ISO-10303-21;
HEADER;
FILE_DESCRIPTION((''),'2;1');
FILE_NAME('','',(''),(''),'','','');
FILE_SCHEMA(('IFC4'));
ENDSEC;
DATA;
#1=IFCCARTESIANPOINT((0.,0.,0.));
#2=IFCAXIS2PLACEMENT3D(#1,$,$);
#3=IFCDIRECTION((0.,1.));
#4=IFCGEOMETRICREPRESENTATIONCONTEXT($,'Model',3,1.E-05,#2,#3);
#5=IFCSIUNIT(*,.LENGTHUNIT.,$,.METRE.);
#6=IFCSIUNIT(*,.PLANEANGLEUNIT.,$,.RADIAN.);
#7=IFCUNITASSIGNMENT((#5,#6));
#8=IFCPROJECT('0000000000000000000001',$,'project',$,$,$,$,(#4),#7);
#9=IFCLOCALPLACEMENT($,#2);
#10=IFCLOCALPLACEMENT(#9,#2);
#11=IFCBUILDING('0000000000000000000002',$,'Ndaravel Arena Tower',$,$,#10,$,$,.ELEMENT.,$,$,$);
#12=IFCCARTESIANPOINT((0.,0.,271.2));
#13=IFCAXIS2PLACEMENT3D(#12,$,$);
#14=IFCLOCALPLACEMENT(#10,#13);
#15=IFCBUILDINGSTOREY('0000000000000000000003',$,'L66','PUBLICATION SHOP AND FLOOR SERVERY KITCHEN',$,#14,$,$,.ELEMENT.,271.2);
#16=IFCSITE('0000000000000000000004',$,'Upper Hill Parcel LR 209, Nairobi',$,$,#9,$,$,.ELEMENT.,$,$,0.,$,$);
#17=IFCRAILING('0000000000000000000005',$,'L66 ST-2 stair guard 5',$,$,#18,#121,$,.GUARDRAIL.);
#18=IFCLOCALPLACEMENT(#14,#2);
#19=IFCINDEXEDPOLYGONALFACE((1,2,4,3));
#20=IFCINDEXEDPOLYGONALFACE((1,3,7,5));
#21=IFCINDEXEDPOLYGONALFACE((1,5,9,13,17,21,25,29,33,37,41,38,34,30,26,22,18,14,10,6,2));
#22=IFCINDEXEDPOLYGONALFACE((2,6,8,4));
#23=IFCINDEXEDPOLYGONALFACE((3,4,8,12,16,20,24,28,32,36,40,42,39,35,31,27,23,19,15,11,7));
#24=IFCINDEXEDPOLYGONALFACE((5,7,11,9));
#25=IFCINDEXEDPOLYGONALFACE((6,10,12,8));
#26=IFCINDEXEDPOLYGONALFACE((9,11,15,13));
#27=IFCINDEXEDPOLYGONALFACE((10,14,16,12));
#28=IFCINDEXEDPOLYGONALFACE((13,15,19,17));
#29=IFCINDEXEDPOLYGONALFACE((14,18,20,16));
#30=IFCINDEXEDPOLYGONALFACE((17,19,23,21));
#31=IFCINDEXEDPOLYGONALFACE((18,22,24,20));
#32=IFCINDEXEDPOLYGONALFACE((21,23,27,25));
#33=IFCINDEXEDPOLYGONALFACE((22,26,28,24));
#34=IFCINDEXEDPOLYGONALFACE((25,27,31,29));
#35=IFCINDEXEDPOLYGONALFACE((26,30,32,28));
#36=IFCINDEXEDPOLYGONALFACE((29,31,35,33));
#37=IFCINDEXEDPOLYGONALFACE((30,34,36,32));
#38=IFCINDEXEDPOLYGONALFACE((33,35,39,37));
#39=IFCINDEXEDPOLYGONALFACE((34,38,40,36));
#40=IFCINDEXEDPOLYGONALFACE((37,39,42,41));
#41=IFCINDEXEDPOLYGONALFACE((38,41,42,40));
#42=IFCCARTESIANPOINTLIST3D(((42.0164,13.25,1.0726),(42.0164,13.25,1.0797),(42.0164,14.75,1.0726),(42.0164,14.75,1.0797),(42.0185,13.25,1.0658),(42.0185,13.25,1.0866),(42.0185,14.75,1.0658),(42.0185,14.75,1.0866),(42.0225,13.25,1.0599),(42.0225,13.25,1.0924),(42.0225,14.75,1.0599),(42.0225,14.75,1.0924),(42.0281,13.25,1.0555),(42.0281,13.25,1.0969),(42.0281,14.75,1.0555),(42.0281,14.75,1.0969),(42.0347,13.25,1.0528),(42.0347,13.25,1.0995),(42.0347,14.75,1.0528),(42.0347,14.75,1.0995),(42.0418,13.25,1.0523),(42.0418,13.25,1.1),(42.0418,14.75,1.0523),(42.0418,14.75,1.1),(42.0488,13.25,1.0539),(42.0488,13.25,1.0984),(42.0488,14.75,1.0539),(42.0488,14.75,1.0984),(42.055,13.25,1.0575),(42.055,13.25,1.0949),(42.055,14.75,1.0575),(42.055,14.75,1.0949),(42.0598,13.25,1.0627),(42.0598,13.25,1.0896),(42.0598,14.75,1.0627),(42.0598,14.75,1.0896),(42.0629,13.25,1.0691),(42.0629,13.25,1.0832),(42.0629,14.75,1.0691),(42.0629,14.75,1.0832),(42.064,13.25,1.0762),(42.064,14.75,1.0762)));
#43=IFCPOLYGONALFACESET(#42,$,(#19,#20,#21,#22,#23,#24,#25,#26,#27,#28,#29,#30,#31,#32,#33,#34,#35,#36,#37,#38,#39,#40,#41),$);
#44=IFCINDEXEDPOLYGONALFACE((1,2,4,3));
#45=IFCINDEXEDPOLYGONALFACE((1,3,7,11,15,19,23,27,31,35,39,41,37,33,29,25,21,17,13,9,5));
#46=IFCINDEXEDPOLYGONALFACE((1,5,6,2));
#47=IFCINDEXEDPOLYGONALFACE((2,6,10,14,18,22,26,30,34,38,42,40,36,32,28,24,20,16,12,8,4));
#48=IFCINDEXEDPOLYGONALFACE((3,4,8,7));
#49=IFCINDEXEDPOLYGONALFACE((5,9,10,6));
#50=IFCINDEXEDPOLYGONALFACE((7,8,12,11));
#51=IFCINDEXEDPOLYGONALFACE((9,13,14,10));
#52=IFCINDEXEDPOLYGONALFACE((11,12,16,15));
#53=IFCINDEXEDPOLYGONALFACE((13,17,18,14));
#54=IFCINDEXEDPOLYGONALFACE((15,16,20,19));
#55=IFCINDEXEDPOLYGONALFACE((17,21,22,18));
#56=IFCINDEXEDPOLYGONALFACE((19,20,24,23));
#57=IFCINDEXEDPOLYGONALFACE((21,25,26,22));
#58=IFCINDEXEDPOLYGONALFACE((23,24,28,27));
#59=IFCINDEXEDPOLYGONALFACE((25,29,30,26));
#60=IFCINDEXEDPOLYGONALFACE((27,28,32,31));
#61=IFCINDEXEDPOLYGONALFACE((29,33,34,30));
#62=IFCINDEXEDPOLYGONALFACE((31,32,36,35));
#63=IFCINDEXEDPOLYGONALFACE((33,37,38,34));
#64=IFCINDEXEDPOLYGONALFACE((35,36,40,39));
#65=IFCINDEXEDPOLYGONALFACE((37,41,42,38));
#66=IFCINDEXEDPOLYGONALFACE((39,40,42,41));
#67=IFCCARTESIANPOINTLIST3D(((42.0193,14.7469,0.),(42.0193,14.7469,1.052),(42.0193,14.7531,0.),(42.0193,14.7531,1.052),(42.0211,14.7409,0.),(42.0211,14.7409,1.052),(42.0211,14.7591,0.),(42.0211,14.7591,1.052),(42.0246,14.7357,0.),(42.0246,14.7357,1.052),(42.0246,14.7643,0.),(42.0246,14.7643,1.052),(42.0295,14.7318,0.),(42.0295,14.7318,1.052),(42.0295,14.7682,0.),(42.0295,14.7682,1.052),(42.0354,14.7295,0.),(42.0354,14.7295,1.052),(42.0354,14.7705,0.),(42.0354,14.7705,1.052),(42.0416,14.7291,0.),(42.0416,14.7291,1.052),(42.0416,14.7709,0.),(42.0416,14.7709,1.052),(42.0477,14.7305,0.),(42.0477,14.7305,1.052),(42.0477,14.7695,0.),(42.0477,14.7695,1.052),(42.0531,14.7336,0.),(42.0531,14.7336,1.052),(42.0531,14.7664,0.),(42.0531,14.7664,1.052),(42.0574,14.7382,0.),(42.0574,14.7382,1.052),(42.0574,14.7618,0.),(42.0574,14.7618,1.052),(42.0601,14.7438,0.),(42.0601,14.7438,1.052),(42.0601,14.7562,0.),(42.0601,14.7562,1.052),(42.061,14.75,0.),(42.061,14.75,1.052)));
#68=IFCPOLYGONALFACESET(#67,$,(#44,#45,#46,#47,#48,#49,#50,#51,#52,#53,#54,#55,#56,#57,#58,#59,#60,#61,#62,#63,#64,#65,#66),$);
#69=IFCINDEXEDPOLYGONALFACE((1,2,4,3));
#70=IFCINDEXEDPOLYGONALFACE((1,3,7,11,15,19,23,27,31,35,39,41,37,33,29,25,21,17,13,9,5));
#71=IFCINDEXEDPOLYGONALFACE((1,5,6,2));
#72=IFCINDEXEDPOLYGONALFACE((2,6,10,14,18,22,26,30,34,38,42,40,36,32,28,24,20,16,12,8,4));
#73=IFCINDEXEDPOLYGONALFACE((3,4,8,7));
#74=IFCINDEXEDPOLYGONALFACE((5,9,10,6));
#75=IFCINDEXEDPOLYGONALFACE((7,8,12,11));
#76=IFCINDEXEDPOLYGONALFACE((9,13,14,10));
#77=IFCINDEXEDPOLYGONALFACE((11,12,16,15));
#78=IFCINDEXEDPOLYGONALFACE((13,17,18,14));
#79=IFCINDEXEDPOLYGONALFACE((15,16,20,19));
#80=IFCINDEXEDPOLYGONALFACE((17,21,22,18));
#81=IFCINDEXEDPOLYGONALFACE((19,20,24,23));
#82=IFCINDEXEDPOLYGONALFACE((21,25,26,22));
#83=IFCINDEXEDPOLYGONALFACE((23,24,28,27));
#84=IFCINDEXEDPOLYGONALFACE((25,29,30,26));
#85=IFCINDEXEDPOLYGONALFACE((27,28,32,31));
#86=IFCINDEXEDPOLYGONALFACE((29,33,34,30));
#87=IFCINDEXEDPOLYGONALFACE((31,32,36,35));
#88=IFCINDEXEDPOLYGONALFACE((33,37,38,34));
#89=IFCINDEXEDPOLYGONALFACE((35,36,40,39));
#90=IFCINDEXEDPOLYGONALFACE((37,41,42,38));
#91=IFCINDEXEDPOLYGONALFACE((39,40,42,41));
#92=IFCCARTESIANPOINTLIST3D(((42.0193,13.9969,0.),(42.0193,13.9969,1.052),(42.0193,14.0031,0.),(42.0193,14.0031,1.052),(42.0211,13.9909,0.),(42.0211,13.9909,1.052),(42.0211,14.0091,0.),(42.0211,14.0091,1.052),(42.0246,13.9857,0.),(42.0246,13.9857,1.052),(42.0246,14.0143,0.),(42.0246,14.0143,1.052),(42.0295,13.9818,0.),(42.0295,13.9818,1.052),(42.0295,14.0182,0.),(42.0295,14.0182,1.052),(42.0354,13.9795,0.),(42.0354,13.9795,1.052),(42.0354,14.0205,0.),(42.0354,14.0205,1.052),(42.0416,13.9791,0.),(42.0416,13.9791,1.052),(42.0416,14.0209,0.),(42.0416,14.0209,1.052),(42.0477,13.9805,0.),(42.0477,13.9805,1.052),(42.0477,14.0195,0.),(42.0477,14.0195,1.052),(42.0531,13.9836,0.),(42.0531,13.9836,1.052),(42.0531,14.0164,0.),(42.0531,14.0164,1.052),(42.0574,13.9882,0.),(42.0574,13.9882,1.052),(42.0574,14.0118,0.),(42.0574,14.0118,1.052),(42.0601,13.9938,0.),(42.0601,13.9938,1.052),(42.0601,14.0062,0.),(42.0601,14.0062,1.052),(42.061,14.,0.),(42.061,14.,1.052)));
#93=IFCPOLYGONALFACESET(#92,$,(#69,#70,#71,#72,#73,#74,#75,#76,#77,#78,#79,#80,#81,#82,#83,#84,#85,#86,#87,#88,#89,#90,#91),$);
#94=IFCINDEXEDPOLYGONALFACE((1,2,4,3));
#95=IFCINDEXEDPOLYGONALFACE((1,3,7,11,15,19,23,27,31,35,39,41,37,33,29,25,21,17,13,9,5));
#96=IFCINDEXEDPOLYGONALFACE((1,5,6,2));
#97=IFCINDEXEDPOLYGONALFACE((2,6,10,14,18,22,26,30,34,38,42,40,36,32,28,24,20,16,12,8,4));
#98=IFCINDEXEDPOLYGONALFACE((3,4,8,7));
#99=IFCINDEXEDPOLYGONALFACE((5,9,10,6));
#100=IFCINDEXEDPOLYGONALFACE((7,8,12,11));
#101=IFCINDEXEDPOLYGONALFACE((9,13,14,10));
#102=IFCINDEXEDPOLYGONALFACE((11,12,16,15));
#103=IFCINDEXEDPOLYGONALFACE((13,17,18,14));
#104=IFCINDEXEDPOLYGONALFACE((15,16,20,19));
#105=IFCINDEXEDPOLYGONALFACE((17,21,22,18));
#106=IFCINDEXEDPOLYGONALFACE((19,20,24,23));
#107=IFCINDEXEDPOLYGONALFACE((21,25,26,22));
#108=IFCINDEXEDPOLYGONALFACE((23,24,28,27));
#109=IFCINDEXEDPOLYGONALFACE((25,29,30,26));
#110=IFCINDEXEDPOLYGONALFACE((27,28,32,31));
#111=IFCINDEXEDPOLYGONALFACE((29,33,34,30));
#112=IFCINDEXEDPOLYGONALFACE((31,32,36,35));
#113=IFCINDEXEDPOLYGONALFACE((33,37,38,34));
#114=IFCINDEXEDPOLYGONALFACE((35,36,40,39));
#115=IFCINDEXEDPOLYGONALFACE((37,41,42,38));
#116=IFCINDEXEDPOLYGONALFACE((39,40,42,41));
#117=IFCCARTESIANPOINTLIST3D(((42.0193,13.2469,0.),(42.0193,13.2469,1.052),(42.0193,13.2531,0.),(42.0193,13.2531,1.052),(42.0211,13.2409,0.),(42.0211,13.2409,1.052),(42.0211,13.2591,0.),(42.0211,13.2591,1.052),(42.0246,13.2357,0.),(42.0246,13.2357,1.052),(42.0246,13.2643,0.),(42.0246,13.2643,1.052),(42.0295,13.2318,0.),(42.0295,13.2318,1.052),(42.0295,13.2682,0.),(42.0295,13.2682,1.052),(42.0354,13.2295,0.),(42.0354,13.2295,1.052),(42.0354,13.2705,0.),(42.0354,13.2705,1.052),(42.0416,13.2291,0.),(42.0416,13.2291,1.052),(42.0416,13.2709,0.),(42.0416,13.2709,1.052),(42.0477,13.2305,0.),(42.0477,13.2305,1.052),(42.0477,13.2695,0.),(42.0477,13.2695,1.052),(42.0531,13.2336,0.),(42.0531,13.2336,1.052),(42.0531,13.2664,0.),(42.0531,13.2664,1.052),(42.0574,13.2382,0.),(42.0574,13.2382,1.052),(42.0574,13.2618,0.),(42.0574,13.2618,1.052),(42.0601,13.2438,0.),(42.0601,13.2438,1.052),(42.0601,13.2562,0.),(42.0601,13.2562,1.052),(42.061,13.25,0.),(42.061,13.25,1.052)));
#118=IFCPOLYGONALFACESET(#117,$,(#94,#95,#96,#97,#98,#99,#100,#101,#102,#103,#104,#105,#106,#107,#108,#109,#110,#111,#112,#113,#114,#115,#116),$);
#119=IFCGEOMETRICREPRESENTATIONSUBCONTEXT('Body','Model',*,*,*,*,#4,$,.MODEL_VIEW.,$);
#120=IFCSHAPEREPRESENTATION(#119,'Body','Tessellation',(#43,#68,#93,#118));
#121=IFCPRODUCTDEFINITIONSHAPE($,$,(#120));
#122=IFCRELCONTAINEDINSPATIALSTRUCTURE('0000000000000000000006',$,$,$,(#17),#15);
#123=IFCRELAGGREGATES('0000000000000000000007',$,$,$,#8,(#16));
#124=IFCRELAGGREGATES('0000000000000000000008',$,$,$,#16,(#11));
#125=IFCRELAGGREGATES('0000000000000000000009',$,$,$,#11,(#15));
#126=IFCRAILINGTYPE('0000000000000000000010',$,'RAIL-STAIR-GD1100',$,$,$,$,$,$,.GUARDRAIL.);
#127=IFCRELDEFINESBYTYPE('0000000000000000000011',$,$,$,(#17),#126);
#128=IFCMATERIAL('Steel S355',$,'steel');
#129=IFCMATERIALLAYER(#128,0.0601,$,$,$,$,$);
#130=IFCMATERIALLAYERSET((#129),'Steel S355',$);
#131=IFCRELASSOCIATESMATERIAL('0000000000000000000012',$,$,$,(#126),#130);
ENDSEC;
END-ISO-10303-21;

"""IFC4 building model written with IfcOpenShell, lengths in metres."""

from ifc_helpers import new_model, si_unit, direction, frame, origin, origin_2d, place, context, subcontext, project, spatial, circle, extrude, material, layer, layer_set, type_object, element, save


model = new_model("IFC4")

# Units and contexts
model_context = context("Model", 3, precision=1e-05, world=origin(), true_north=direction((0.0, 1.0)))
body_context = subcontext(model_context, "Body", "Model", "MODEL_VIEW")
ifc_project = project(units=[si_unit("LENGTHUNIT", "METRE"), si_unit("PLANEANGLEUNIT", "RADIAN")], contexts=[model_context])

# Site, building, storey
site_placement = place(None, origin())
site = spatial("IfcSite", under=ifc_project, at=site_placement, Name="Upper Hill Parcel LR 209, Nairobi", CompositionType="ELEMENT", RefElevation=0.0)
building_placement = place(site_placement, origin())
building = spatial("IfcBuilding", under=site, at=building_placement, Name="Ndaravel Arena Tower", CompositionType="ELEMENT")
storey_placement = place(building_placement, frame((0.0, 0.0, 271.2)))
storey = spatial("IfcBuildingStorey", under=building, at=storey_placement, Name="L66", Description="PUBLICATION SHOP AND FLOOR SERVERY KITCHEN", CompositionType="ELEMENT", Elevation=271.2)

# Railing
ifc_material_1 = material(Name="Steel S355", Category="steel")
ifc_layer_1 = layer(ifc_material_1, 0.0601)
ifc_layer_set_1 = layer_set([ifc_layer_1], Name="Steel S355")
railing_type = type_object("IfcRailingType", Name="RAIL-STAIR-GD1100", PredefinedType="GUARDRAIL", material=ifc_layer_set_1)
railing_1_placement = place(storey_placement, frame((42.04, 14.75, 0.0)))
element("IfcRailing", 1, at=railing_1_placement, inside=storey, type_object=railing_type, Name="L66 ST-2 stair guard 5", PredefinedType="GUARDRAIL", context=body_context, shape_type="SweptSolid", body=[
    extrude(circle(Radius=0.0239, at=origin_2d()), frame((0.0, 0.0, 1.0762), z_axis=(0.0, -1.0, 0.0), x_axis=(1.0, 0.0, 0.0)), (0.0, 0.0, 1.0), 1.5),
    extrude(circle(Radius=0.021, at=origin_2d()), origin(), (0.0, 0.0, 1.0), 1.052),
    extrude(circle(Radius=0.021, at=origin_2d()), frame((0.0, -0.75, 0.0)), (0.0, 0.0, 1.0), 1.052),
    extrude(circle(Radius=0.021, at=origin_2d()), frame((0.0, -1.5, 0.0)), (0.0, 0.0, 1.0), 1.052),
])

save(model, "model.ifc")
